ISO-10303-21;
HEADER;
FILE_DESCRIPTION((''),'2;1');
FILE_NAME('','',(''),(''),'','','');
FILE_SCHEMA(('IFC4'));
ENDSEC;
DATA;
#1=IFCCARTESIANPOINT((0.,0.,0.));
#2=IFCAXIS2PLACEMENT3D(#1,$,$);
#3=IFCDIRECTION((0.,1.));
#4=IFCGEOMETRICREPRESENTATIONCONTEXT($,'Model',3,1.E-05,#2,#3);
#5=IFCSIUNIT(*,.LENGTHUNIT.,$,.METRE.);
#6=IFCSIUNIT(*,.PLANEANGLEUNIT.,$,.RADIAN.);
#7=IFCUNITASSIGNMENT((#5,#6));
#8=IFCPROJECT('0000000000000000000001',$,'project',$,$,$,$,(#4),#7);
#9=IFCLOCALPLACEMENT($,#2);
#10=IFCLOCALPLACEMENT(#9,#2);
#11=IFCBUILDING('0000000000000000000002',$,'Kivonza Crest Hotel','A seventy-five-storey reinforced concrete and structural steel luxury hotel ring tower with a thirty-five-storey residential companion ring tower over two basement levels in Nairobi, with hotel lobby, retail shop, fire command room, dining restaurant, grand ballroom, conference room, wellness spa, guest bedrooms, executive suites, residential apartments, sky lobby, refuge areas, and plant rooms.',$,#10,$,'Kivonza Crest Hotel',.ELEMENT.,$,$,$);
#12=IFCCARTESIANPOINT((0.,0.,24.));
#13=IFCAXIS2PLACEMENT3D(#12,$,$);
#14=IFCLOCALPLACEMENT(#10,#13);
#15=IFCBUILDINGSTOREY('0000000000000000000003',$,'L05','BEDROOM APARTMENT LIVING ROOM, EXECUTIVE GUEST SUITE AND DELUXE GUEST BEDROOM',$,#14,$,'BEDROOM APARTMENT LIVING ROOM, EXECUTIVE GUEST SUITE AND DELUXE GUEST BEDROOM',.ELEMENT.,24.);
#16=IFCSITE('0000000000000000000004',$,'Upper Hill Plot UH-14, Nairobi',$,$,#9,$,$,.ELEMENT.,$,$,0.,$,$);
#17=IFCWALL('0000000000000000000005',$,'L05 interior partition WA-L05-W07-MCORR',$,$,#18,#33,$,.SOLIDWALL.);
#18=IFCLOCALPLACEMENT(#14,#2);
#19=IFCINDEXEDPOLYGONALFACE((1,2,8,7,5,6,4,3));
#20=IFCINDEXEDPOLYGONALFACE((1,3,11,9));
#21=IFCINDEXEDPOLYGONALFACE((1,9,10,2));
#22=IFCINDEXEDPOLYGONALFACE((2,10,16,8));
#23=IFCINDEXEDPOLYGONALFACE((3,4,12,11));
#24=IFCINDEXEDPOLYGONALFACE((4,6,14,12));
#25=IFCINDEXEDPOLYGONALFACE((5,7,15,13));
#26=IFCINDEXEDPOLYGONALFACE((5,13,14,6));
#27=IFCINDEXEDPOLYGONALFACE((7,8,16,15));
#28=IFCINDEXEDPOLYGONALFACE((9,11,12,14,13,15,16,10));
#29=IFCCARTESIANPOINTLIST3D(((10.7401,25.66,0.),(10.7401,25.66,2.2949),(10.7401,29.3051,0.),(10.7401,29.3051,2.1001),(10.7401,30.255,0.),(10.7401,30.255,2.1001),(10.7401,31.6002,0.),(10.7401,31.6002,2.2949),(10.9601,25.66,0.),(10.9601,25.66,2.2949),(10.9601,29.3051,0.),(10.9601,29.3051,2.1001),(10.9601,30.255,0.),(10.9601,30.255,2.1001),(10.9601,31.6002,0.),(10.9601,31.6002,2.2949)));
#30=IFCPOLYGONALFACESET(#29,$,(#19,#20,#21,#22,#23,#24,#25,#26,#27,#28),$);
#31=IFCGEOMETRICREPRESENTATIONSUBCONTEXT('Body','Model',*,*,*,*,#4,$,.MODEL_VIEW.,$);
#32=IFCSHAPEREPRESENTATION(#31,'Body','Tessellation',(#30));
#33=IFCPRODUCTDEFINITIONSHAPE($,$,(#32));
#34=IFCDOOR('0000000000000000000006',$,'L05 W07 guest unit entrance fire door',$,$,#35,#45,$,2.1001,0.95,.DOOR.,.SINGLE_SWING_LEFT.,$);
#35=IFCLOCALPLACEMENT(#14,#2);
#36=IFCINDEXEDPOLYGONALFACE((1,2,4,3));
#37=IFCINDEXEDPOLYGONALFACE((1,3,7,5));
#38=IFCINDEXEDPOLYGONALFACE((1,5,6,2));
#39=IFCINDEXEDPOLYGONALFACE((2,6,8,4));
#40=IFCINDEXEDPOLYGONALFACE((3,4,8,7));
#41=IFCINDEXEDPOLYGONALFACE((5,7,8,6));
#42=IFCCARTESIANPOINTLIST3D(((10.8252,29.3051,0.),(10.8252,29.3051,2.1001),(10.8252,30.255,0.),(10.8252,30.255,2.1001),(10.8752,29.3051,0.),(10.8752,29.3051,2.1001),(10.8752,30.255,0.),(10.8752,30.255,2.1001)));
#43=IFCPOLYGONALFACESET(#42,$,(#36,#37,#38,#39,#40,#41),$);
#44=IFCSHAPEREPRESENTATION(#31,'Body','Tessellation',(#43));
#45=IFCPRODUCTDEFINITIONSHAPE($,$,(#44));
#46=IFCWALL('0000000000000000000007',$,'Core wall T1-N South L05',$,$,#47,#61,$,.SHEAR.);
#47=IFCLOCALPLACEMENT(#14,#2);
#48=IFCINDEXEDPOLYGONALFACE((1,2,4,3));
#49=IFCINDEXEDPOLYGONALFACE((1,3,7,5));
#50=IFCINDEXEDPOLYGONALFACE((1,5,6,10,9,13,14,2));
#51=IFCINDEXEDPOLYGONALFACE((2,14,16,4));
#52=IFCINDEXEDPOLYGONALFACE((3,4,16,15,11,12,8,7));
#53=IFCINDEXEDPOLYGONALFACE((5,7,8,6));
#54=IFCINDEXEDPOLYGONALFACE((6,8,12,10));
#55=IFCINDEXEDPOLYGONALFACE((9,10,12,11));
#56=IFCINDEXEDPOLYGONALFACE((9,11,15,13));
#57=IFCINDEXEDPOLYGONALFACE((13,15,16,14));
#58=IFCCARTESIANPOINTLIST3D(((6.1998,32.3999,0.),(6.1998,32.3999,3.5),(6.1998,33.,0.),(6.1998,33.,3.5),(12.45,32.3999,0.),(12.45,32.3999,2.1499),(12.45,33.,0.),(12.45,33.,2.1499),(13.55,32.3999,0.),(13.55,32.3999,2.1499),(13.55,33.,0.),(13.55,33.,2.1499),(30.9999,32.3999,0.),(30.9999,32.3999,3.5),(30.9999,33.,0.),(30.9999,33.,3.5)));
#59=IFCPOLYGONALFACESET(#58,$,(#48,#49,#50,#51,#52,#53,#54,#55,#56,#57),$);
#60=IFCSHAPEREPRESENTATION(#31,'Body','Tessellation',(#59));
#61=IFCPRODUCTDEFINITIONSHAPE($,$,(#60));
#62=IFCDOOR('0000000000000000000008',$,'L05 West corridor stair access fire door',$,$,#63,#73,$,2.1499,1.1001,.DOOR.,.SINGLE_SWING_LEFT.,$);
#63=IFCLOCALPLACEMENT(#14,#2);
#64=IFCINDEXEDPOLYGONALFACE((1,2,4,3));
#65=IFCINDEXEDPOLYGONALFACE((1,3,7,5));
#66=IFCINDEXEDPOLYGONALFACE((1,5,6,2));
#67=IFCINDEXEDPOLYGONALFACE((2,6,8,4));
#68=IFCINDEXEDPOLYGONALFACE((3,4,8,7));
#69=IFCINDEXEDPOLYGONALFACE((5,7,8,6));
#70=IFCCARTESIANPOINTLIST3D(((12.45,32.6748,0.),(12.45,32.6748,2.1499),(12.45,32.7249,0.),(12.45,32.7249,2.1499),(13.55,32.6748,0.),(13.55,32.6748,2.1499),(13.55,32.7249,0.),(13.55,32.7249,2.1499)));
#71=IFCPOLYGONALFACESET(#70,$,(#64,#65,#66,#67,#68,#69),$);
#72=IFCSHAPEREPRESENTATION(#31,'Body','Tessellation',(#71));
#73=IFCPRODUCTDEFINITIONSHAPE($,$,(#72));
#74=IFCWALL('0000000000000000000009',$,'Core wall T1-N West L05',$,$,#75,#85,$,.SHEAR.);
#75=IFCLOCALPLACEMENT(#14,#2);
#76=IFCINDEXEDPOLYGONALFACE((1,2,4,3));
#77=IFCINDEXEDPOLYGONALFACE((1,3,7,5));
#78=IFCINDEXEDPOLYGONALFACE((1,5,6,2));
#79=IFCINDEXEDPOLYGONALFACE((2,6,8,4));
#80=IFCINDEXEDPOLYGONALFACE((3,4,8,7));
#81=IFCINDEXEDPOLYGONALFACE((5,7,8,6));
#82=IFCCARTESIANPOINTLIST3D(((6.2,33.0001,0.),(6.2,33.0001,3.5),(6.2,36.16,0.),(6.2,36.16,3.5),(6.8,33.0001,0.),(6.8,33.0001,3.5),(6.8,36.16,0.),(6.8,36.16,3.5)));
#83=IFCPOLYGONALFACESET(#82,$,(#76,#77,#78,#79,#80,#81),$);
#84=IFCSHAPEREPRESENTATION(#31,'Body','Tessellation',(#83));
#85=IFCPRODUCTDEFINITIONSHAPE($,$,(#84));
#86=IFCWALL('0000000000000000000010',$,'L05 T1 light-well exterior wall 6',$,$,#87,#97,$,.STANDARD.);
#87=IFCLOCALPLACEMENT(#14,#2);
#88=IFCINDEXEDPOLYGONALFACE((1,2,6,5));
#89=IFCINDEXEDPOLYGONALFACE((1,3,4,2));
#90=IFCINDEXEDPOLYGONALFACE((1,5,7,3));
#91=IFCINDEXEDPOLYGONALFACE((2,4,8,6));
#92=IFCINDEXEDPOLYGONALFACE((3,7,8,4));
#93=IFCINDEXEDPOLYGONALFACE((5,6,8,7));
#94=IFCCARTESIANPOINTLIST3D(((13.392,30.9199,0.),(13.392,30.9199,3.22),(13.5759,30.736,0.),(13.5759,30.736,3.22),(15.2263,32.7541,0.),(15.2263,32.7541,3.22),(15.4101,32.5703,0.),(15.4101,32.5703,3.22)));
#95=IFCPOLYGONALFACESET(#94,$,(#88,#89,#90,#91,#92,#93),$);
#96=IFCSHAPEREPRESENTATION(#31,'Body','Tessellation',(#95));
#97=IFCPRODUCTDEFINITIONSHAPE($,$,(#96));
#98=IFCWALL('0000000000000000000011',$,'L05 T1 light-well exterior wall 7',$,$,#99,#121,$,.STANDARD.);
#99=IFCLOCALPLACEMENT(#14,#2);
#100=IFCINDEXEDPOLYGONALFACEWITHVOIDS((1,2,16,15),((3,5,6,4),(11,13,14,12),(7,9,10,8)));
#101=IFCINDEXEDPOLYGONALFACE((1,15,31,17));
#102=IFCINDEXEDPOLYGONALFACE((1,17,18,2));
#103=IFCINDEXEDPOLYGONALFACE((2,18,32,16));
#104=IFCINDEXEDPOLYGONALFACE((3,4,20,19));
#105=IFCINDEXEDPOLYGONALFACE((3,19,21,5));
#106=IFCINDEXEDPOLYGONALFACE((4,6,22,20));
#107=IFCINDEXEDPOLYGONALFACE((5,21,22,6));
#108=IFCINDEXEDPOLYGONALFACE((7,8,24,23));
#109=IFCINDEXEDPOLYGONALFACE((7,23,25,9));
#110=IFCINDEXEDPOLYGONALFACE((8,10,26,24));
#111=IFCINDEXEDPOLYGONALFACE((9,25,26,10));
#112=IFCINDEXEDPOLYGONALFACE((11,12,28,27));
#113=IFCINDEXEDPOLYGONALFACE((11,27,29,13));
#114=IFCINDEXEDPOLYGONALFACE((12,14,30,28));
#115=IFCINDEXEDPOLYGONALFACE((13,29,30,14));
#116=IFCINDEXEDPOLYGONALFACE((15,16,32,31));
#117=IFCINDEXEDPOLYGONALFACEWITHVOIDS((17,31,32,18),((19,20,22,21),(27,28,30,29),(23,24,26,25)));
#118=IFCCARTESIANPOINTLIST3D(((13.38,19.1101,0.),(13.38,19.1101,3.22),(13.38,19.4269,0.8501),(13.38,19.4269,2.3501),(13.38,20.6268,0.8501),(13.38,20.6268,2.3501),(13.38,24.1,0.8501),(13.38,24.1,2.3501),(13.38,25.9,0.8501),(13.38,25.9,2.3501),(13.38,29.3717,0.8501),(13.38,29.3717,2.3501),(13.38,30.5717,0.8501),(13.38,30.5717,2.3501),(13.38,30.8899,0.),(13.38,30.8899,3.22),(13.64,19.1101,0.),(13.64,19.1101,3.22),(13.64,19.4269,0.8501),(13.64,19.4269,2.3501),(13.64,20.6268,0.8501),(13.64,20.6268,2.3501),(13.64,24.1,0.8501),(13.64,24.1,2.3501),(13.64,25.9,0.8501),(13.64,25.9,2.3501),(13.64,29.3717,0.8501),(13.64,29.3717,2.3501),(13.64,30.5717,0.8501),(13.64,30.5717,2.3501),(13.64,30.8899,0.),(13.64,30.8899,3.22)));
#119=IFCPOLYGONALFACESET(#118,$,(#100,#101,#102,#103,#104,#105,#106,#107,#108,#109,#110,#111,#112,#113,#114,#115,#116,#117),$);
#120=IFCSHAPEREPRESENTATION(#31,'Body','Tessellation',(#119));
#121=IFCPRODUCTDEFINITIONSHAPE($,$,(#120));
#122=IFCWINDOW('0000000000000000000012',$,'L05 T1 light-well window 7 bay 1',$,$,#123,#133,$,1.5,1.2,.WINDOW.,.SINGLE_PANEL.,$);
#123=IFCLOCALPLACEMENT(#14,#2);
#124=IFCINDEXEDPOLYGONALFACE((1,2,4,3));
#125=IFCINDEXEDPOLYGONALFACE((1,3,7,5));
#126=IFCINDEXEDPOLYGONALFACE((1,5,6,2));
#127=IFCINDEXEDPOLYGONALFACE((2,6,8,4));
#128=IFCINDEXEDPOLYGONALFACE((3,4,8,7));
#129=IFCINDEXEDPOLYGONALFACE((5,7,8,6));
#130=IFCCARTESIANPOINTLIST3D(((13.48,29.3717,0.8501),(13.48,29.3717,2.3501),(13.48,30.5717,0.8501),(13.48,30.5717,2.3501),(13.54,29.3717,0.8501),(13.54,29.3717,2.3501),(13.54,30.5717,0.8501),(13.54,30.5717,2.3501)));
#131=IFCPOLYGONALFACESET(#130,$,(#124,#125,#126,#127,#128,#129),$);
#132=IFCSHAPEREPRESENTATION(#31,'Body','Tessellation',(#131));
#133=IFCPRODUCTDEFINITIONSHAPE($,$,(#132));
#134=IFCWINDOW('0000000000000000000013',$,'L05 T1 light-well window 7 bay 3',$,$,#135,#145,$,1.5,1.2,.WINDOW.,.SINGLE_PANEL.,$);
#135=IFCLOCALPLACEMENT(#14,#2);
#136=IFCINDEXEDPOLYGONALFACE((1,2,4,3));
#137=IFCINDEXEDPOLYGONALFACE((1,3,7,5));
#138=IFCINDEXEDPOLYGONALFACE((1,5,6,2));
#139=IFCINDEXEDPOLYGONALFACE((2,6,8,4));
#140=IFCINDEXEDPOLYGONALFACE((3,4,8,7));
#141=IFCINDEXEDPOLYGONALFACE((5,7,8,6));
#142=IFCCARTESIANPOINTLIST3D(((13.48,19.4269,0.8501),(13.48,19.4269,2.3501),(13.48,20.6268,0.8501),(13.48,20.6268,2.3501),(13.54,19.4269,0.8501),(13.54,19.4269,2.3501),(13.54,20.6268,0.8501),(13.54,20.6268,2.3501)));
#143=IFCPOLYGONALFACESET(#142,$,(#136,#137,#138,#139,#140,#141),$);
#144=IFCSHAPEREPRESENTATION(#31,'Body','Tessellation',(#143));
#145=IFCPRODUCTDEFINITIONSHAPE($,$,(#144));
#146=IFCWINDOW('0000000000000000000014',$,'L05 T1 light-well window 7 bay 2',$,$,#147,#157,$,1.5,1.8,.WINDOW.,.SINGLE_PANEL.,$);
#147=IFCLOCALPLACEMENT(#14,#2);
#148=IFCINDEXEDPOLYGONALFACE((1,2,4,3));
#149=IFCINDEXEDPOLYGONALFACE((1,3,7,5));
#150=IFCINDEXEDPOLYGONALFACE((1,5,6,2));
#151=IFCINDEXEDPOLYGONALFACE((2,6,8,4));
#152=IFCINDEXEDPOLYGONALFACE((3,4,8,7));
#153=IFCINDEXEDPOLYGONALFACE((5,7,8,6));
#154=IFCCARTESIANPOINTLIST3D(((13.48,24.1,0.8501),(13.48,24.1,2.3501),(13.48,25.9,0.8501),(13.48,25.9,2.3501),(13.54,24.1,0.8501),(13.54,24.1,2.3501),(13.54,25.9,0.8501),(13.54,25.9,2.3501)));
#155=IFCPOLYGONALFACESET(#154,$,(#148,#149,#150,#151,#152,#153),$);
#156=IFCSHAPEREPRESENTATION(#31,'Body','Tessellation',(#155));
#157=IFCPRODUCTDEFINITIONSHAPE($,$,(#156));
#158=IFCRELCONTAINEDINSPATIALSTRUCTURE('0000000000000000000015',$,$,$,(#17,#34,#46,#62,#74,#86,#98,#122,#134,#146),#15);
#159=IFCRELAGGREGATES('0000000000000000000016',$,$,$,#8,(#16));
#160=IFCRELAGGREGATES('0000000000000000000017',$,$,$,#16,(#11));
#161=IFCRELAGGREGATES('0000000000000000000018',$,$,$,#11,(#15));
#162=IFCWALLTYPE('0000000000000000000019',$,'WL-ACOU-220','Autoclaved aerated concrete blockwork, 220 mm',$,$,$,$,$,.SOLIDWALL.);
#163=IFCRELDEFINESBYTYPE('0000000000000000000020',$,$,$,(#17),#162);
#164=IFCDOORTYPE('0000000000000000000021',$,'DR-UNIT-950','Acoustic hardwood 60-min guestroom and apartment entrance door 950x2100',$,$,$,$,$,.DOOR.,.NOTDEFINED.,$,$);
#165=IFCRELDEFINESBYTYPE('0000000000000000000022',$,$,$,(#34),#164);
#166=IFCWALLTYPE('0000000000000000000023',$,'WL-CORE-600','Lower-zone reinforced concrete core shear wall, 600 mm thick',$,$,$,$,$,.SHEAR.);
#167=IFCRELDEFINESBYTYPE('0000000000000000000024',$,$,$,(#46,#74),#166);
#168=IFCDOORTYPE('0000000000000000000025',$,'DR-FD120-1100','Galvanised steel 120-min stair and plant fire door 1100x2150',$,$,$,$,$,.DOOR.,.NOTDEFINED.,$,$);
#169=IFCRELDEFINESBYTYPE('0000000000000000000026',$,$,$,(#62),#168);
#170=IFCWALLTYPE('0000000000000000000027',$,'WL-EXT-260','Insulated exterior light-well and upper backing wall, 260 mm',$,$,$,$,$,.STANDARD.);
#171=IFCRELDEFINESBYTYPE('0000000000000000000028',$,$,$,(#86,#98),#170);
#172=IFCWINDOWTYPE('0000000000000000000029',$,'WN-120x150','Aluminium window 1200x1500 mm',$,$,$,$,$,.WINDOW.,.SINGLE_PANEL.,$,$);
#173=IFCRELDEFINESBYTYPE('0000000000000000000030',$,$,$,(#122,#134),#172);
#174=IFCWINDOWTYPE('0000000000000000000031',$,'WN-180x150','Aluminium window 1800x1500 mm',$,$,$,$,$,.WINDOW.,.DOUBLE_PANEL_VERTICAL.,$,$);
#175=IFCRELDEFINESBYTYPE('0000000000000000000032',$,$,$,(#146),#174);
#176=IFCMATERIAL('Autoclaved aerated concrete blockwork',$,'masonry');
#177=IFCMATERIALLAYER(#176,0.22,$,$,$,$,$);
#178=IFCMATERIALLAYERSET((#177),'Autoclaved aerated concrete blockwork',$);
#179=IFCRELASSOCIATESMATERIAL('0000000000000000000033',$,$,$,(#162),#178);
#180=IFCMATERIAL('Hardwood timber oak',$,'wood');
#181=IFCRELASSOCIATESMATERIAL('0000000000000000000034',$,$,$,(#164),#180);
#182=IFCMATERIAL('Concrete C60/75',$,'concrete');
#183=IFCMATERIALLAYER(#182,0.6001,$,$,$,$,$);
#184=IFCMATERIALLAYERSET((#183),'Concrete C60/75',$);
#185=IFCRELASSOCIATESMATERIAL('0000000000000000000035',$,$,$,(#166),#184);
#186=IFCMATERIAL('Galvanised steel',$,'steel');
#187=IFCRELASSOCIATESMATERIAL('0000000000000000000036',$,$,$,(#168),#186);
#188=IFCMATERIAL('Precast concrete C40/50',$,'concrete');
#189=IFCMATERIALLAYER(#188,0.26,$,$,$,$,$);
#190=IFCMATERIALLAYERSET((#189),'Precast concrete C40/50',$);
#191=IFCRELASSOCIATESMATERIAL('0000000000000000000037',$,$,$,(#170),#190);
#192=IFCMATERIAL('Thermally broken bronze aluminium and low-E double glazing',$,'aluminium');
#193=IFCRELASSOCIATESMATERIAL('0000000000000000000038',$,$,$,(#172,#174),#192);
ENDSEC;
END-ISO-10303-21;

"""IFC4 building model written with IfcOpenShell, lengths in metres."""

from ifc_helpers import new_model, si_unit, direction, frame, frame_2d, origin, place, context, subcontext, project, spatial, rectangle, extrude, material, layer, layer_set, type_object, element, fill, save


model = new_model("IFC4")

# Units and contexts
model_context = context("Model", 3, precision=1e-05, world=origin(), true_north=direction((0.0, 1.0)))
body_context = subcontext(model_context, "Body", "Model", "MODEL_VIEW")
ifc_project = project(units=[si_unit("LENGTHUNIT", "METRE"), si_unit("PLANEANGLEUNIT", "RADIAN")], contexts=[model_context])

# Site, building, storey
site_placement = place(None, origin())
site = spatial("IfcSite", under=ifc_project, at=site_placement, Name="Upper Hill Plot UH-14, Nairobi", CompositionType="ELEMENT", RefElevation=0.0)
building_placement = place(site_placement, origin())
building = spatial("IfcBuilding", under=site, at=building_placement, Name="Kivonza Crest Hotel", Description="A seventy-five-storey reinforced concrete and structural steel luxury hotel ring tower with a thirty-five-storey residential companion ring tower over two basement levels in Nairobi, with hotel lobby, retail shop, fire command room, dining restaurant, grand ballroom, conference room, wellness spa, guest bedrooms, executive suites, residential apartments, sky lobby, refuge areas, and plant rooms.", LongName="Kivonza Crest Hotel", CompositionType="ELEMENT")
storey_placement = place(building_placement, frame((0.0, 0.0, 24.0)))
storey = spatial("IfcBuildingStorey", under=building, at=storey_placement, Name="L05", Description="BEDROOM APARTMENT LIVING ROOM, EXECUTIVE GUEST SUITE AND DELUXE GUEST BEDROOM", LongName="BEDROOM APARTMENT LIVING ROOM, EXECUTIVE GUEST SUITE AND DELUXE GUEST BEDROOM", CompositionType="ELEMENT", Elevation=24.0)

# Shared definitions
ifc_material_1 = material(Name="Concrete C60/75", Category="concrete")

# Shared definitions
ifc_material_2 = material(Name="Autoclaved aerated concrete blockwork", Category="masonry")
ifc_layer_1 = layer(ifc_material_2, 0.22)
ifc_layer_set_1 = layer_set([ifc_layer_1], Name="Autoclaved aerated concrete blockwork")
wall_type_1 = type_object("IfcWallType", Name="WL-ACOU-220", Description="Autoclaved aerated concrete blockwork, 220 mm", PredefinedType="SOLIDWALL", material=ifc_layer_set_1)

# Walls, openings, doors
wall_1_placement = place(storey_placement, frame((10.8501, 25.6599, 0.0), z_axis=(0.0, 0.0, 1.0), x_axis=(0.0, 1.0, 0.0)))
wall_1 = element("IfcWall", 1, at=wall_1_placement, inside=storey, type_object=wall_type_1, Name="L05 interior partition WA-L05-W07-MCORR", PredefinedType="SOLIDWALL", context=body_context, shape_type="SweptSolid", body=[
    extrude(rectangle(XDim=5.9402, YDim=0.22, at=frame_2d((2.9702, 0.0))), origin(), (0.0, 0.0, 1.0), 2.2949),
])
opening_1_placement = place(wall_1_placement, frame((3.645, 0.0, 0.0)))
opening_1 = element("IfcOpeningElement", 2, at=opening_1_placement, cuts=wall_1, PredefinedType="OPENING", context=body_context, shape_type="SweptSolid", body=[
    extrude(rectangle(XDim=0.95, YDim=2.1001, at=frame_2d((0.4751, 1.05))), frame((0.0, 0.1201, 0.0), z_axis=(0.0, -1.0, 0.0), x_axis=(1.0, 0.0, 0.0)), (0.0, 0.0, 1.0), 0.24),
])
ifc_material_3 = material(Name="Hardwood timber oak", Category="wood")
door_type_1 = type_object("IfcDoorType", Name="DR-UNIT-950", Description="Acoustic hardwood 60-min guestroom and apartment entrance door 950x2100", OperationType="NOTDEFINED", PredefinedType="DOOR", material=ifc_material_3)
door_1_placement = place(opening_1_placement, origin())
door_1 = element("IfcDoor", 3, at=door_1_placement, inside=storey, type_object=door_type_1, Name="L05 W07 guest unit entrance fire door", OperationType="SINGLE_SWING_LEFT", OverallHeight=2.1001, OverallWidth=0.95, PredefinedType="DOOR", context=body_context, shape_type="SweptSolid", body=[
    extrude(rectangle(XDim=0.95, YDim=2.1001, at=frame_2d((0.4751, 1.05))), frame((0.0, 0.0249, 0.0), z_axis=(0.0, -1.0, 0.0), x_axis=(1.0, 0.0, 0.0)), (0.0, 0.0, 1.0), 0.05),
])
fill(opening_1, door_1)
ifc_layer_2 = layer(ifc_material_1, 0.6001)
ifc_layer_set_2 = layer_set([ifc_layer_2], Name="Concrete C60/75")
wall_type_2 = type_object("IfcWallType", Name="WL-CORE-600", Description="Lower-zone reinforced concrete core shear wall, 600 mm thick", PredefinedType="SHEAR", material=ifc_layer_set_2)
wall_2_placement = place(storey_placement, frame((6.2, 32.7, 0.0), z_axis=(0.0, 0.0, 1.0), x_axis=(1.0, 0.0, 0.0)))
wall_2 = element("IfcWall", 4, at=wall_2_placement, inside=storey, type_object=wall_type_2, Name="Core wall T1-N South L05", PredefinedType="SHEAR", context=body_context, shape_type="SweptSolid", body=[
    extrude(rectangle(XDim=24.8, YDim=0.6001, at=frame_2d((12.3999, 0.0))), origin(), (0.0, 0.0, 1.0), 3.5),
])
opening_2_placement = place(wall_2_placement, frame((6.25, 0.0, 0.0)))
opening_2 = element("IfcOpeningElement", 5, at=opening_2_placement, cuts=wall_2, PredefinedType="OPENING", context=body_context, shape_type="SweptSolid", body=[
    extrude(rectangle(XDim=1.1001, YDim=2.1499, at=frame_2d((0.55, 1.075))), frame((0.0, 0.3101, 0.0), z_axis=(0.0, -1.0, 0.0), x_axis=(1.0, 0.0, 0.0)), (0.0, 0.0, 1.0), 0.6201),
])
ifc_material_4 = material(Name="Galvanised steel", Category="steel")
door_type_2 = type_object("IfcDoorType", Name="DR-FD120-1100", Description="Galvanised steel 120-min stair and plant fire door 1100x2150", OperationType="NOTDEFINED", PredefinedType="DOOR", material=ifc_material_4)
door_2_placement = place(opening_2_placement, origin())
door_2 = element("IfcDoor", 6, at=door_2_placement, inside=storey, type_object=door_type_2, Name="L05 West corridor stair access fire door", OperationType="SINGLE_SWING_LEFT", OverallHeight=2.1499, OverallWidth=1.1001, PredefinedType="DOOR", context=body_context, shape_type="SweptSolid", body=[
    extrude(rectangle(XDim=1.1001, YDim=2.1499, at=frame_2d((0.55, 1.075))), frame((0.0, 0.0249, 0.0), z_axis=(0.0, -1.0, 0.0), x_axis=(1.0, 0.0, 0.0)), (0.0, 0.0, 1.0), 0.05),
])
fill(opening_2, door_2)

# Walls
wall_3_placement = place(storey_placement, frame((6.5, 33.0, 0.0), z_axis=(0.0, 0.0, 1.0), x_axis=(0.0, 1.0, 0.0)))
element("IfcWall", 7, at=wall_3_placement, inside=storey, type_object=wall_type_2, Name="Core wall T1-N West L05", PredefinedType="SHEAR", context=body_context, shape_type="SweptSolid", body=[
    extrude(rectangle(XDim=3.1599, YDim=0.6001, at=frame_2d((1.5801, 0.0))), origin(), (0.0, 0.0, 1.0), 3.5),
])
ifc_material_5 = material(Name="Precast concrete C40/50", Category="concrete")
ifc_layer_3 = layer(ifc_material_5, 0.26)
ifc_layer_set_3 = layer_set([ifc_layer_3], Name="Precast concrete C40/50")
wall_type_3 = type_object("IfcWallType", Name="WL-EXT-260", Description="Insulated exterior light-well and upper backing wall, 260 mm", PredefinedType="STANDARD", material=ifc_layer_set_3)
wall_4_placement = place(storey_placement, frame((15.3181, 32.6621, 0.0), z_axis=(0.0, 0.0, 1.0), x_axis=(-0.707107, -0.707107, 0.0)))
element("IfcWall", 8, at=wall_4_placement, inside=storey, type_object=wall_type_3, Name="L05 T1 light-well exterior wall 6", PredefinedType="STANDARD", context=body_context, shape_type="SweptSolid", body=[
    extrude(rectangle(XDim=2.594, YDim=0.26, at=frame_2d((1.2969, 0.0))), origin(), (0.0, 0.0, 1.0), 3.22),
])

# Wall, openings, windows
wall_5_placement = place(storey_placement, frame((13.51, 30.8899, 0.0), z_axis=(0.0, 0.0, 1.0), x_axis=(0.0, -1.0, 0.0)))
wall_5 = element("IfcWall", 9, at=wall_5_placement, inside=storey, type_object=wall_type_3, Name="L05 T1 light-well exterior wall 7", PredefinedType="STANDARD", context=body_context, shape_type="SweptSolid", body=[
    extrude(rectangle(XDim=11.7798, YDim=0.26, at=frame_2d((5.8899, 0.0))), origin(), (0.0, 0.0, 1.0), 3.22),
])
opening_3_placement = place(wall_5_placement, frame((0.3181, 0.0, 0.8501)))
opening_3 = element("IfcOpeningElement", 10, at=opening_3_placement, cuts=wall_5, PredefinedType="OPENING", context=body_context, shape_type="SweptSolid", body=[
    extrude(rectangle(XDim=1.2, YDim=1.5, at=frame_2d((0.6001, 0.75))), frame((0.0, 0.1401, 0.0), z_axis=(0.0, -1.0, 0.0), x_axis=(1.0, 0.0, 0.0)), (0.0, 0.0, 1.0), 0.28),
])
opening_4_placement = place(wall_5_placement, frame((4.99, 0.0, 0.8501)))
opening_4 = element("IfcOpeningElement", 11, at=opening_4_placement, cuts=wall_5, PredefinedType="OPENING", context=body_context, shape_type="SweptSolid", body=[
    extrude(rectangle(XDim=1.8, YDim=1.5, at=frame_2d((0.8999, 0.75))), frame((0.0, 0.1401, 0.0), z_axis=(0.0, -1.0, 0.0), x_axis=(1.0, 0.0, 0.0)), (0.0, 0.0, 1.0), 0.28),
])
opening_5_placement = place(wall_5_placement, frame((10.2629, 0.0, 0.8501)))
opening_5 = element("IfcOpeningElement", 12, at=opening_5_placement, cuts=wall_5, PredefinedType="OPENING", context=body_context, shape_type="SweptSolid", body=[
    extrude(rectangle(XDim=1.2, YDim=1.5, at=frame_2d((0.6001, 0.75))), frame((0.0, 0.1401, 0.0), z_axis=(0.0, -1.0, 0.0), x_axis=(1.0, 0.0, 0.0)), (0.0, 0.0, 1.0), 0.28),
])
ifc_material_6 = material(Name="Thermally broken bronze aluminium and low-E double glazing", Category="aluminium")
window_type_1 = type_object("IfcWindowType", Name="WN-120x150", Description="Aluminium window 1200x1500 mm", PartitioningType="SINGLE_PANEL", PredefinedType="WINDOW", material=ifc_material_6)
window_1_placement = place(opening_3_placement, origin())
window_1 = element("IfcWindow", 13, at=window_1_placement, inside=storey, type_object=window_type_1, Name="L05 T1 light-well window 7 bay 1", OverallHeight=1.5, OverallWidth=1.2, PartitioningType="SINGLE_PANEL", PredefinedType="WINDOW", context=body_context, shape_type="SweptSolid", body=[
    extrude(rectangle(XDim=1.2, YDim=1.5, at=frame_2d((0.6001, 0.75))), frame((0.0, 0.03, 0.0), z_axis=(0.0, -1.0, 0.0), x_axis=(1.0, 0.0, 0.0)), (0.0, 0.0, 1.0), 0.0601),
])
fill(opening_3, window_1)
window_2_placement = place(opening_5_placement, origin())
window_2 = element("IfcWindow", 14, at=window_2_placement, inside=storey, type_object=window_type_1, Name="L05 T1 light-well window 7 bay 3", OverallHeight=1.5, OverallWidth=1.2, PartitioningType="SINGLE_PANEL", PredefinedType="WINDOW", context=body_context, shape_type="SweptSolid", body=[
    extrude(rectangle(XDim=1.2, YDim=1.5, at=frame_2d((0.6001, 0.75))), frame((0.0, 0.03, 0.0), z_axis=(0.0, -1.0, 0.0), x_axis=(1.0, 0.0, 0.0)), (0.0, 0.0, 1.0), 0.0601),
])
fill(opening_5, window_2)
window_type_2 = type_object("IfcWindowType", Name="WN-180x150", Description="Aluminium window 1800x1500 mm", PartitioningType="DOUBLE_PANEL_VERTICAL", PredefinedType="WINDOW", material=ifc_material_6)
window_3_placement = place(opening_4_placement, origin())
window_3 = element("IfcWindow", 15, at=window_3_placement, inside=storey, type_object=window_type_2, Name="L05 T1 light-well window 7 bay 2", OverallHeight=1.5, OverallWidth=1.8, PartitioningType="SINGLE_PANEL", PredefinedType="WINDOW", context=body_context, shape_type="SweptSolid", body=[
    extrude(rectangle(XDim=1.8, YDim=1.5, at=frame_2d((0.8999, 0.75))), frame((0.0, 0.03, 0.0), z_axis=(0.0, -1.0, 0.0), x_axis=(1.0, 0.0, 0.0)), (0.0, 0.0, 1.0), 0.0601),
])
fill(opening_4, window_3)

save(model, "model.ifc")
